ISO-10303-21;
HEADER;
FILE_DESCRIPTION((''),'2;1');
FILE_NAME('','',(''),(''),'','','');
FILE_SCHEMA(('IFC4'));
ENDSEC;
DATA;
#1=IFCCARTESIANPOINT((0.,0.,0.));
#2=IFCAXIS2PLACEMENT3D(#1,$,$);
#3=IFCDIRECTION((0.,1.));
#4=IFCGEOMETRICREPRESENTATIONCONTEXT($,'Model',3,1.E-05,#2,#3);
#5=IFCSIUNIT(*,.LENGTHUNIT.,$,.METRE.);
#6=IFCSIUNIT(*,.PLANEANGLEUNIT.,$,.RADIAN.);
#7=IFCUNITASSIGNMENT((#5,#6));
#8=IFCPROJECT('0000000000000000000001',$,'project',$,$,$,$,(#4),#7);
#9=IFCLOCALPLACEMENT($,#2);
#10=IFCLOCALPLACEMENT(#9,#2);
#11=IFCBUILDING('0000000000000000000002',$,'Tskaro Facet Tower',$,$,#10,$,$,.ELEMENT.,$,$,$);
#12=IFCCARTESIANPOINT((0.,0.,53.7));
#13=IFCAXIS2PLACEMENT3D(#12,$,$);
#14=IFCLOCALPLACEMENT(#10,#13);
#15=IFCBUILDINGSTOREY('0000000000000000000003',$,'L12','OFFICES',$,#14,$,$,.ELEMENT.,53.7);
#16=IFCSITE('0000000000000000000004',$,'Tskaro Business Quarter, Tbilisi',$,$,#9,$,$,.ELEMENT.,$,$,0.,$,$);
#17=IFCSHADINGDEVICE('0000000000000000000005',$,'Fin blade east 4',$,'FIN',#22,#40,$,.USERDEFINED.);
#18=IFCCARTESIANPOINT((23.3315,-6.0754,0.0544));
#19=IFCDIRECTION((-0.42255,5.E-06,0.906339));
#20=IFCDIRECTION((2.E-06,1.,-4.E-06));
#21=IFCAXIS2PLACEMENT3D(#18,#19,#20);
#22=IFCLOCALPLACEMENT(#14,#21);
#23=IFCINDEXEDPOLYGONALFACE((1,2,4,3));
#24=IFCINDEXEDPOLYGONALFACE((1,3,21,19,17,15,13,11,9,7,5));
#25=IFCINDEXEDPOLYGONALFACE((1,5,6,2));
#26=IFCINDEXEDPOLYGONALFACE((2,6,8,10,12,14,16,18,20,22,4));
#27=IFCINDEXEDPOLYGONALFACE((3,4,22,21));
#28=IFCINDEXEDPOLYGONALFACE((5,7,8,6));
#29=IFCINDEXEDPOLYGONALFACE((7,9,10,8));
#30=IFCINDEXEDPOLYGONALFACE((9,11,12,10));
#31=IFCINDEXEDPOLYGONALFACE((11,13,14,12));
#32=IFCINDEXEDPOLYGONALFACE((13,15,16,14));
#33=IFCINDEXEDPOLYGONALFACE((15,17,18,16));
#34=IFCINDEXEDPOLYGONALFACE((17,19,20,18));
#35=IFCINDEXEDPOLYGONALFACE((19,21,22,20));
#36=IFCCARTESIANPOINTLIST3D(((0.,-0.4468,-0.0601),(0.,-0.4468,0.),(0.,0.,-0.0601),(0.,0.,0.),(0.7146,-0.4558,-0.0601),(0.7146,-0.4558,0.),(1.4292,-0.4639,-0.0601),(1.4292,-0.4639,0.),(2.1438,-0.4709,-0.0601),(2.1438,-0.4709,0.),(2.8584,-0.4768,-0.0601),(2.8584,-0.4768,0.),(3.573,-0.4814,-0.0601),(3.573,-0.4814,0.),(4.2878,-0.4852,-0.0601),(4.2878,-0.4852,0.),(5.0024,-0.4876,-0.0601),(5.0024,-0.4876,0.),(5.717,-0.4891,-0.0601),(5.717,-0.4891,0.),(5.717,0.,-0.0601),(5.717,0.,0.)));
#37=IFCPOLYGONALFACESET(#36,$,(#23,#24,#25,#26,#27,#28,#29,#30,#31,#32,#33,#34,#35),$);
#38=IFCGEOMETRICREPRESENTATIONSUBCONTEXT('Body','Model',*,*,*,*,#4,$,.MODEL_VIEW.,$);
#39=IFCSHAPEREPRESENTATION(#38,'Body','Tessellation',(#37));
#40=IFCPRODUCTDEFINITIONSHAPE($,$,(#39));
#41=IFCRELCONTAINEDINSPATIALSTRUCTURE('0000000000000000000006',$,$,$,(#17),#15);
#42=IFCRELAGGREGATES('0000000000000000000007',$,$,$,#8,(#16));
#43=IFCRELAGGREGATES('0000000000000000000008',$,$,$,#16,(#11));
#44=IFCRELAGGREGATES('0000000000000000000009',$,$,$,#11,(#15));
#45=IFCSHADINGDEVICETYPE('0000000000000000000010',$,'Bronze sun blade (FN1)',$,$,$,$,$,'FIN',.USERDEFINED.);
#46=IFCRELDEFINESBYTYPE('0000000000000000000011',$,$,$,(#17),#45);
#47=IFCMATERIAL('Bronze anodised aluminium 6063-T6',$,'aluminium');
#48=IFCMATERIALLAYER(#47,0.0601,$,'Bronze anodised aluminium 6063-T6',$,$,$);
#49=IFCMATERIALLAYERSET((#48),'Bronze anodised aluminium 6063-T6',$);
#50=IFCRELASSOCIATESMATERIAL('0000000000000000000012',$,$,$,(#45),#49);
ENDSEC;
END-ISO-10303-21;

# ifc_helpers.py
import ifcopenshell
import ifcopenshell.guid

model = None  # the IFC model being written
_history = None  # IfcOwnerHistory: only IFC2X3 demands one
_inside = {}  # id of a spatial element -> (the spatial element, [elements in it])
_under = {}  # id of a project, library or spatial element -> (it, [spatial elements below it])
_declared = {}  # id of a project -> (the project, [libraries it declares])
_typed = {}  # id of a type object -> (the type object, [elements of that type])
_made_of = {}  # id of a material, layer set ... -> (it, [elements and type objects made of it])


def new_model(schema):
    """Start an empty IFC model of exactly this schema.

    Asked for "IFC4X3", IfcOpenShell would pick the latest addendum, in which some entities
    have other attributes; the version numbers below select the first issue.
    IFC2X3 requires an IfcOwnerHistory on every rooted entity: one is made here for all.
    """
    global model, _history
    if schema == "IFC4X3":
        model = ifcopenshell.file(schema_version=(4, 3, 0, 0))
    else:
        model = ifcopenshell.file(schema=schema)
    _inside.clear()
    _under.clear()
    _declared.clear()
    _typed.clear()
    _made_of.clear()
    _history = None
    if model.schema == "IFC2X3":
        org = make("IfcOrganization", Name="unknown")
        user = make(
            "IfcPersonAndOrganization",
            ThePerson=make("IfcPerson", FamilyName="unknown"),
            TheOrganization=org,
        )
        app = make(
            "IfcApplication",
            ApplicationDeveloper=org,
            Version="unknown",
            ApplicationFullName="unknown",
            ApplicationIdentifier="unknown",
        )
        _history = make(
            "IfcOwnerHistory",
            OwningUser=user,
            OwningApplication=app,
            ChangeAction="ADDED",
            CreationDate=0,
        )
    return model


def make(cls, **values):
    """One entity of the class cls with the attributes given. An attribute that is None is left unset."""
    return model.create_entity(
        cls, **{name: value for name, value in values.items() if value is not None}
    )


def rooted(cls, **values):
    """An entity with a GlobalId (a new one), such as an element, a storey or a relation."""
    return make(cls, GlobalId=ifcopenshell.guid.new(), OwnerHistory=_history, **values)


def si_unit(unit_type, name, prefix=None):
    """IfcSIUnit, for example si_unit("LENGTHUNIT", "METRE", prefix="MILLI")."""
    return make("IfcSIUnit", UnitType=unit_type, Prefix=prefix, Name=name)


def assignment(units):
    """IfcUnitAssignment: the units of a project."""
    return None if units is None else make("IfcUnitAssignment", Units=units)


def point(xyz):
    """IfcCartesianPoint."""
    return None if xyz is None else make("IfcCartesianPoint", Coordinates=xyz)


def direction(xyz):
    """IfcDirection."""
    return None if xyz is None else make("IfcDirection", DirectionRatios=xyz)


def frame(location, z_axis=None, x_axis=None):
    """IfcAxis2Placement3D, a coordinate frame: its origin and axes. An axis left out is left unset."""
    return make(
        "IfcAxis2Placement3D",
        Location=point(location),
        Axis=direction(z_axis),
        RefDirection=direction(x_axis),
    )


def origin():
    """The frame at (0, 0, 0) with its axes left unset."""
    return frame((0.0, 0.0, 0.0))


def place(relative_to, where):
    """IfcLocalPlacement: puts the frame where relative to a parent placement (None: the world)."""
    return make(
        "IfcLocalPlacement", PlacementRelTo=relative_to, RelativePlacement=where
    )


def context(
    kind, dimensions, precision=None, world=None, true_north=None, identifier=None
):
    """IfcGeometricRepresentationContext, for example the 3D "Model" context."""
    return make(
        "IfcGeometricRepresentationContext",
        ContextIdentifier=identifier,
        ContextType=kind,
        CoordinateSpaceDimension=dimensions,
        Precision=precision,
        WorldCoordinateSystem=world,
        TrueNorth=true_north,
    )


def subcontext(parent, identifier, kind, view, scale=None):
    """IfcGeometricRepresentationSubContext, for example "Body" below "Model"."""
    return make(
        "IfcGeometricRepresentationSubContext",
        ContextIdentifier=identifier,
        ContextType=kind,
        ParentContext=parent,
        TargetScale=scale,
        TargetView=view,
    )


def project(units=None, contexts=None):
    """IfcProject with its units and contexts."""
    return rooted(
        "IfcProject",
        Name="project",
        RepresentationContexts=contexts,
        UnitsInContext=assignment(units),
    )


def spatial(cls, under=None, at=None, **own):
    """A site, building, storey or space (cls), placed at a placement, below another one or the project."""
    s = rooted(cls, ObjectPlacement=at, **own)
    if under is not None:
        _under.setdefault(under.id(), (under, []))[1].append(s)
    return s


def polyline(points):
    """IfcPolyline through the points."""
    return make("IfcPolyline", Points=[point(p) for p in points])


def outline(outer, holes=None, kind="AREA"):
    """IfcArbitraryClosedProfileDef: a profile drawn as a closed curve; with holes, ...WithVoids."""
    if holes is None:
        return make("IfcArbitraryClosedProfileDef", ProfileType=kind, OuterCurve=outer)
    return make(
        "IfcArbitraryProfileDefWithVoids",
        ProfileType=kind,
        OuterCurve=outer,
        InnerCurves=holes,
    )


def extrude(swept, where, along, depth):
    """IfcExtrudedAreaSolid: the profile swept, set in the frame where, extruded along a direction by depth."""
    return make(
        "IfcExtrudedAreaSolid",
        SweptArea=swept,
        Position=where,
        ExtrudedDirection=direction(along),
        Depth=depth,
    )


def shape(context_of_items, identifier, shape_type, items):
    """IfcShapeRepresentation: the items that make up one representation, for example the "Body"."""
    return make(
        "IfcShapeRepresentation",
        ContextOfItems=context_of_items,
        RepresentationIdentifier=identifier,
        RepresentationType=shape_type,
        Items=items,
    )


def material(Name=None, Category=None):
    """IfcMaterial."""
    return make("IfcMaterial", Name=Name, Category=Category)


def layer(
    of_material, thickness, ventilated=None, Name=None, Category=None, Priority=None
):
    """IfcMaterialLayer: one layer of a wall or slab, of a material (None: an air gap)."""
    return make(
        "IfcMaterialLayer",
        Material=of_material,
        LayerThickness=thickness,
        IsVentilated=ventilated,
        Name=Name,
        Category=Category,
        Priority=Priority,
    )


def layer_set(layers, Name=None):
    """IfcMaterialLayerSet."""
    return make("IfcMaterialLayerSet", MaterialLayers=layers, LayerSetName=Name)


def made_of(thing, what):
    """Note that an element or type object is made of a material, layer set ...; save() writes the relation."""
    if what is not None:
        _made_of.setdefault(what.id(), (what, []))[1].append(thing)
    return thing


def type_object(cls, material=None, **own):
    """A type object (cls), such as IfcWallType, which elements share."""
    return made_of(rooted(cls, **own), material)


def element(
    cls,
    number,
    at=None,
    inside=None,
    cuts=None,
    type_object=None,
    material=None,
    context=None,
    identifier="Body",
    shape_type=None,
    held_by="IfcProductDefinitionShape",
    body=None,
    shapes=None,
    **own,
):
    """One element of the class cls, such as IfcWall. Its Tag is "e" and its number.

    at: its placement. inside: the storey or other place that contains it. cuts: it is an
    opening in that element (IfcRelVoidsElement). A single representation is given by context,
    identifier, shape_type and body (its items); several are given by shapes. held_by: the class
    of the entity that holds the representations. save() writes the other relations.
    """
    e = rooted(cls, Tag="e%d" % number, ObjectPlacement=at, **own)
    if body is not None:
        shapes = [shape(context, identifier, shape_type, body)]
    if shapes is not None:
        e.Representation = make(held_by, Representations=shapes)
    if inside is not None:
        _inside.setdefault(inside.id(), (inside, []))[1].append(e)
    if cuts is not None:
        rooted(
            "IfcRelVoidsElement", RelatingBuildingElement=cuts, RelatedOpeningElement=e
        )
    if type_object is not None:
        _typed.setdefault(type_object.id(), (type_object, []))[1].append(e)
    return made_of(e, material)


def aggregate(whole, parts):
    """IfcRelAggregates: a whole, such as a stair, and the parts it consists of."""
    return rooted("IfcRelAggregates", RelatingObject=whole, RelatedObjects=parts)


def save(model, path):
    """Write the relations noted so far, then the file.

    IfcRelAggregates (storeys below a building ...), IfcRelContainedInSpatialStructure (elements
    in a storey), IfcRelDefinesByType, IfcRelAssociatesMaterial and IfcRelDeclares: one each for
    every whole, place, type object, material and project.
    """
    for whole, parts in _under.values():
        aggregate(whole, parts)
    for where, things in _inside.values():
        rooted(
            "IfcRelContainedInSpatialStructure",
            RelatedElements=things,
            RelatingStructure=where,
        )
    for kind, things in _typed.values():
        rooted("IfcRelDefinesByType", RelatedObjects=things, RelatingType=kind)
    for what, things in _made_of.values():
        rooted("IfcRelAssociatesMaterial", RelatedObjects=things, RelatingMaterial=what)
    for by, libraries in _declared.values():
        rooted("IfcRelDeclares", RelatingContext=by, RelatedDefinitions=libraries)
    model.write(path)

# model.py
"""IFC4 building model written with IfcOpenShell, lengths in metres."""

from ifc_helpers import new_model, si_unit, direction, frame, origin, place, context, subcontext, project, spatial, polyline, outline, extrude, material, layer, layer_set, type_object, element, save


model = new_model("IFC4")

# Units and contexts
model_context = context("Model", 3, precision=1e-05, world=origin(), true_north=direction((0.0, 1.0)))
body_context = subcontext(model_context, "Body", "Model", "MODEL_VIEW")
ifc_project = project(units=[si_unit("LENGTHUNIT", "METRE"), si_unit("PLANEANGLEUNIT", "RADIAN")], contexts=[model_context])

# Site, building, storey
site_placement = place(None, origin())
site = spatial("IfcSite", under=ifc_project, at=site_placement, Name="Tskaro Business Quarter, Tbilisi", CompositionType="ELEMENT", RefElevation=0.0)
building_placement = place(site_placement, origin())
building = spatial("IfcBuilding", under=site, at=building_placement, Name="Tskaro Facet Tower", CompositionType="ELEMENT")
storey_placement = place(building_placement, frame((0.0, 0.0, 53.7)))
storey = spatial("IfcBuildingStorey", under=building, at=storey_placement, Name="L12", Description="OFFICES", CompositionType="ELEMENT", Elevation=53.7)

# Shared definitions
ifc_material_1 = material(Name="Bronze anodised aluminium 6063-T6", Category="aluminium")

# Shading device
ifc_layer_1 = layer(ifc_material_1, 0.0601, Name="Bronze anodised aluminium 6063-T6")
ifc_layer_set_1 = layer_set([ifc_layer_1], Name="Bronze anodised aluminium 6063-T6")
shading_device_type = type_object("IfcShadingDeviceType", Name="Bronze sun blade (FN1)", ElementType="FIN", PredefinedType="USERDEFINED", material=ifc_layer_set_1)
shading_device_1_placement = place(storey_placement, frame((23.3315, -6.0754, 0.0544), z_axis=(-0.42255, 0.000005, 0.906339), x_axis=(0.000002, 1.0, -0.000004)))
element("IfcShadingDevice", 1, at=shading_device_1_placement, inside=storey, type_object=shading_device_type, Name="Fin blade east 4", ObjectType="FIN", PredefinedType="USERDEFINED", context=body_context, shape_type="SweptSolid", body=[
    extrude(outline(polyline([(0.0, 0.0), (5.717, 0.0), (5.717, -0.4891), (5.0024, -0.4876), (4.2878, -0.4852), (3.573, -0.4814), (2.8584, -0.4768), (2.1438, -0.4709), (1.4292, -0.4639), (0.7146, -0.4558), (0.0, -0.4468), (0.0, 0.0)])), origin(), (0.0, 0.0, -1.0), 0.0601),
])

save(model, "model.ifc")
